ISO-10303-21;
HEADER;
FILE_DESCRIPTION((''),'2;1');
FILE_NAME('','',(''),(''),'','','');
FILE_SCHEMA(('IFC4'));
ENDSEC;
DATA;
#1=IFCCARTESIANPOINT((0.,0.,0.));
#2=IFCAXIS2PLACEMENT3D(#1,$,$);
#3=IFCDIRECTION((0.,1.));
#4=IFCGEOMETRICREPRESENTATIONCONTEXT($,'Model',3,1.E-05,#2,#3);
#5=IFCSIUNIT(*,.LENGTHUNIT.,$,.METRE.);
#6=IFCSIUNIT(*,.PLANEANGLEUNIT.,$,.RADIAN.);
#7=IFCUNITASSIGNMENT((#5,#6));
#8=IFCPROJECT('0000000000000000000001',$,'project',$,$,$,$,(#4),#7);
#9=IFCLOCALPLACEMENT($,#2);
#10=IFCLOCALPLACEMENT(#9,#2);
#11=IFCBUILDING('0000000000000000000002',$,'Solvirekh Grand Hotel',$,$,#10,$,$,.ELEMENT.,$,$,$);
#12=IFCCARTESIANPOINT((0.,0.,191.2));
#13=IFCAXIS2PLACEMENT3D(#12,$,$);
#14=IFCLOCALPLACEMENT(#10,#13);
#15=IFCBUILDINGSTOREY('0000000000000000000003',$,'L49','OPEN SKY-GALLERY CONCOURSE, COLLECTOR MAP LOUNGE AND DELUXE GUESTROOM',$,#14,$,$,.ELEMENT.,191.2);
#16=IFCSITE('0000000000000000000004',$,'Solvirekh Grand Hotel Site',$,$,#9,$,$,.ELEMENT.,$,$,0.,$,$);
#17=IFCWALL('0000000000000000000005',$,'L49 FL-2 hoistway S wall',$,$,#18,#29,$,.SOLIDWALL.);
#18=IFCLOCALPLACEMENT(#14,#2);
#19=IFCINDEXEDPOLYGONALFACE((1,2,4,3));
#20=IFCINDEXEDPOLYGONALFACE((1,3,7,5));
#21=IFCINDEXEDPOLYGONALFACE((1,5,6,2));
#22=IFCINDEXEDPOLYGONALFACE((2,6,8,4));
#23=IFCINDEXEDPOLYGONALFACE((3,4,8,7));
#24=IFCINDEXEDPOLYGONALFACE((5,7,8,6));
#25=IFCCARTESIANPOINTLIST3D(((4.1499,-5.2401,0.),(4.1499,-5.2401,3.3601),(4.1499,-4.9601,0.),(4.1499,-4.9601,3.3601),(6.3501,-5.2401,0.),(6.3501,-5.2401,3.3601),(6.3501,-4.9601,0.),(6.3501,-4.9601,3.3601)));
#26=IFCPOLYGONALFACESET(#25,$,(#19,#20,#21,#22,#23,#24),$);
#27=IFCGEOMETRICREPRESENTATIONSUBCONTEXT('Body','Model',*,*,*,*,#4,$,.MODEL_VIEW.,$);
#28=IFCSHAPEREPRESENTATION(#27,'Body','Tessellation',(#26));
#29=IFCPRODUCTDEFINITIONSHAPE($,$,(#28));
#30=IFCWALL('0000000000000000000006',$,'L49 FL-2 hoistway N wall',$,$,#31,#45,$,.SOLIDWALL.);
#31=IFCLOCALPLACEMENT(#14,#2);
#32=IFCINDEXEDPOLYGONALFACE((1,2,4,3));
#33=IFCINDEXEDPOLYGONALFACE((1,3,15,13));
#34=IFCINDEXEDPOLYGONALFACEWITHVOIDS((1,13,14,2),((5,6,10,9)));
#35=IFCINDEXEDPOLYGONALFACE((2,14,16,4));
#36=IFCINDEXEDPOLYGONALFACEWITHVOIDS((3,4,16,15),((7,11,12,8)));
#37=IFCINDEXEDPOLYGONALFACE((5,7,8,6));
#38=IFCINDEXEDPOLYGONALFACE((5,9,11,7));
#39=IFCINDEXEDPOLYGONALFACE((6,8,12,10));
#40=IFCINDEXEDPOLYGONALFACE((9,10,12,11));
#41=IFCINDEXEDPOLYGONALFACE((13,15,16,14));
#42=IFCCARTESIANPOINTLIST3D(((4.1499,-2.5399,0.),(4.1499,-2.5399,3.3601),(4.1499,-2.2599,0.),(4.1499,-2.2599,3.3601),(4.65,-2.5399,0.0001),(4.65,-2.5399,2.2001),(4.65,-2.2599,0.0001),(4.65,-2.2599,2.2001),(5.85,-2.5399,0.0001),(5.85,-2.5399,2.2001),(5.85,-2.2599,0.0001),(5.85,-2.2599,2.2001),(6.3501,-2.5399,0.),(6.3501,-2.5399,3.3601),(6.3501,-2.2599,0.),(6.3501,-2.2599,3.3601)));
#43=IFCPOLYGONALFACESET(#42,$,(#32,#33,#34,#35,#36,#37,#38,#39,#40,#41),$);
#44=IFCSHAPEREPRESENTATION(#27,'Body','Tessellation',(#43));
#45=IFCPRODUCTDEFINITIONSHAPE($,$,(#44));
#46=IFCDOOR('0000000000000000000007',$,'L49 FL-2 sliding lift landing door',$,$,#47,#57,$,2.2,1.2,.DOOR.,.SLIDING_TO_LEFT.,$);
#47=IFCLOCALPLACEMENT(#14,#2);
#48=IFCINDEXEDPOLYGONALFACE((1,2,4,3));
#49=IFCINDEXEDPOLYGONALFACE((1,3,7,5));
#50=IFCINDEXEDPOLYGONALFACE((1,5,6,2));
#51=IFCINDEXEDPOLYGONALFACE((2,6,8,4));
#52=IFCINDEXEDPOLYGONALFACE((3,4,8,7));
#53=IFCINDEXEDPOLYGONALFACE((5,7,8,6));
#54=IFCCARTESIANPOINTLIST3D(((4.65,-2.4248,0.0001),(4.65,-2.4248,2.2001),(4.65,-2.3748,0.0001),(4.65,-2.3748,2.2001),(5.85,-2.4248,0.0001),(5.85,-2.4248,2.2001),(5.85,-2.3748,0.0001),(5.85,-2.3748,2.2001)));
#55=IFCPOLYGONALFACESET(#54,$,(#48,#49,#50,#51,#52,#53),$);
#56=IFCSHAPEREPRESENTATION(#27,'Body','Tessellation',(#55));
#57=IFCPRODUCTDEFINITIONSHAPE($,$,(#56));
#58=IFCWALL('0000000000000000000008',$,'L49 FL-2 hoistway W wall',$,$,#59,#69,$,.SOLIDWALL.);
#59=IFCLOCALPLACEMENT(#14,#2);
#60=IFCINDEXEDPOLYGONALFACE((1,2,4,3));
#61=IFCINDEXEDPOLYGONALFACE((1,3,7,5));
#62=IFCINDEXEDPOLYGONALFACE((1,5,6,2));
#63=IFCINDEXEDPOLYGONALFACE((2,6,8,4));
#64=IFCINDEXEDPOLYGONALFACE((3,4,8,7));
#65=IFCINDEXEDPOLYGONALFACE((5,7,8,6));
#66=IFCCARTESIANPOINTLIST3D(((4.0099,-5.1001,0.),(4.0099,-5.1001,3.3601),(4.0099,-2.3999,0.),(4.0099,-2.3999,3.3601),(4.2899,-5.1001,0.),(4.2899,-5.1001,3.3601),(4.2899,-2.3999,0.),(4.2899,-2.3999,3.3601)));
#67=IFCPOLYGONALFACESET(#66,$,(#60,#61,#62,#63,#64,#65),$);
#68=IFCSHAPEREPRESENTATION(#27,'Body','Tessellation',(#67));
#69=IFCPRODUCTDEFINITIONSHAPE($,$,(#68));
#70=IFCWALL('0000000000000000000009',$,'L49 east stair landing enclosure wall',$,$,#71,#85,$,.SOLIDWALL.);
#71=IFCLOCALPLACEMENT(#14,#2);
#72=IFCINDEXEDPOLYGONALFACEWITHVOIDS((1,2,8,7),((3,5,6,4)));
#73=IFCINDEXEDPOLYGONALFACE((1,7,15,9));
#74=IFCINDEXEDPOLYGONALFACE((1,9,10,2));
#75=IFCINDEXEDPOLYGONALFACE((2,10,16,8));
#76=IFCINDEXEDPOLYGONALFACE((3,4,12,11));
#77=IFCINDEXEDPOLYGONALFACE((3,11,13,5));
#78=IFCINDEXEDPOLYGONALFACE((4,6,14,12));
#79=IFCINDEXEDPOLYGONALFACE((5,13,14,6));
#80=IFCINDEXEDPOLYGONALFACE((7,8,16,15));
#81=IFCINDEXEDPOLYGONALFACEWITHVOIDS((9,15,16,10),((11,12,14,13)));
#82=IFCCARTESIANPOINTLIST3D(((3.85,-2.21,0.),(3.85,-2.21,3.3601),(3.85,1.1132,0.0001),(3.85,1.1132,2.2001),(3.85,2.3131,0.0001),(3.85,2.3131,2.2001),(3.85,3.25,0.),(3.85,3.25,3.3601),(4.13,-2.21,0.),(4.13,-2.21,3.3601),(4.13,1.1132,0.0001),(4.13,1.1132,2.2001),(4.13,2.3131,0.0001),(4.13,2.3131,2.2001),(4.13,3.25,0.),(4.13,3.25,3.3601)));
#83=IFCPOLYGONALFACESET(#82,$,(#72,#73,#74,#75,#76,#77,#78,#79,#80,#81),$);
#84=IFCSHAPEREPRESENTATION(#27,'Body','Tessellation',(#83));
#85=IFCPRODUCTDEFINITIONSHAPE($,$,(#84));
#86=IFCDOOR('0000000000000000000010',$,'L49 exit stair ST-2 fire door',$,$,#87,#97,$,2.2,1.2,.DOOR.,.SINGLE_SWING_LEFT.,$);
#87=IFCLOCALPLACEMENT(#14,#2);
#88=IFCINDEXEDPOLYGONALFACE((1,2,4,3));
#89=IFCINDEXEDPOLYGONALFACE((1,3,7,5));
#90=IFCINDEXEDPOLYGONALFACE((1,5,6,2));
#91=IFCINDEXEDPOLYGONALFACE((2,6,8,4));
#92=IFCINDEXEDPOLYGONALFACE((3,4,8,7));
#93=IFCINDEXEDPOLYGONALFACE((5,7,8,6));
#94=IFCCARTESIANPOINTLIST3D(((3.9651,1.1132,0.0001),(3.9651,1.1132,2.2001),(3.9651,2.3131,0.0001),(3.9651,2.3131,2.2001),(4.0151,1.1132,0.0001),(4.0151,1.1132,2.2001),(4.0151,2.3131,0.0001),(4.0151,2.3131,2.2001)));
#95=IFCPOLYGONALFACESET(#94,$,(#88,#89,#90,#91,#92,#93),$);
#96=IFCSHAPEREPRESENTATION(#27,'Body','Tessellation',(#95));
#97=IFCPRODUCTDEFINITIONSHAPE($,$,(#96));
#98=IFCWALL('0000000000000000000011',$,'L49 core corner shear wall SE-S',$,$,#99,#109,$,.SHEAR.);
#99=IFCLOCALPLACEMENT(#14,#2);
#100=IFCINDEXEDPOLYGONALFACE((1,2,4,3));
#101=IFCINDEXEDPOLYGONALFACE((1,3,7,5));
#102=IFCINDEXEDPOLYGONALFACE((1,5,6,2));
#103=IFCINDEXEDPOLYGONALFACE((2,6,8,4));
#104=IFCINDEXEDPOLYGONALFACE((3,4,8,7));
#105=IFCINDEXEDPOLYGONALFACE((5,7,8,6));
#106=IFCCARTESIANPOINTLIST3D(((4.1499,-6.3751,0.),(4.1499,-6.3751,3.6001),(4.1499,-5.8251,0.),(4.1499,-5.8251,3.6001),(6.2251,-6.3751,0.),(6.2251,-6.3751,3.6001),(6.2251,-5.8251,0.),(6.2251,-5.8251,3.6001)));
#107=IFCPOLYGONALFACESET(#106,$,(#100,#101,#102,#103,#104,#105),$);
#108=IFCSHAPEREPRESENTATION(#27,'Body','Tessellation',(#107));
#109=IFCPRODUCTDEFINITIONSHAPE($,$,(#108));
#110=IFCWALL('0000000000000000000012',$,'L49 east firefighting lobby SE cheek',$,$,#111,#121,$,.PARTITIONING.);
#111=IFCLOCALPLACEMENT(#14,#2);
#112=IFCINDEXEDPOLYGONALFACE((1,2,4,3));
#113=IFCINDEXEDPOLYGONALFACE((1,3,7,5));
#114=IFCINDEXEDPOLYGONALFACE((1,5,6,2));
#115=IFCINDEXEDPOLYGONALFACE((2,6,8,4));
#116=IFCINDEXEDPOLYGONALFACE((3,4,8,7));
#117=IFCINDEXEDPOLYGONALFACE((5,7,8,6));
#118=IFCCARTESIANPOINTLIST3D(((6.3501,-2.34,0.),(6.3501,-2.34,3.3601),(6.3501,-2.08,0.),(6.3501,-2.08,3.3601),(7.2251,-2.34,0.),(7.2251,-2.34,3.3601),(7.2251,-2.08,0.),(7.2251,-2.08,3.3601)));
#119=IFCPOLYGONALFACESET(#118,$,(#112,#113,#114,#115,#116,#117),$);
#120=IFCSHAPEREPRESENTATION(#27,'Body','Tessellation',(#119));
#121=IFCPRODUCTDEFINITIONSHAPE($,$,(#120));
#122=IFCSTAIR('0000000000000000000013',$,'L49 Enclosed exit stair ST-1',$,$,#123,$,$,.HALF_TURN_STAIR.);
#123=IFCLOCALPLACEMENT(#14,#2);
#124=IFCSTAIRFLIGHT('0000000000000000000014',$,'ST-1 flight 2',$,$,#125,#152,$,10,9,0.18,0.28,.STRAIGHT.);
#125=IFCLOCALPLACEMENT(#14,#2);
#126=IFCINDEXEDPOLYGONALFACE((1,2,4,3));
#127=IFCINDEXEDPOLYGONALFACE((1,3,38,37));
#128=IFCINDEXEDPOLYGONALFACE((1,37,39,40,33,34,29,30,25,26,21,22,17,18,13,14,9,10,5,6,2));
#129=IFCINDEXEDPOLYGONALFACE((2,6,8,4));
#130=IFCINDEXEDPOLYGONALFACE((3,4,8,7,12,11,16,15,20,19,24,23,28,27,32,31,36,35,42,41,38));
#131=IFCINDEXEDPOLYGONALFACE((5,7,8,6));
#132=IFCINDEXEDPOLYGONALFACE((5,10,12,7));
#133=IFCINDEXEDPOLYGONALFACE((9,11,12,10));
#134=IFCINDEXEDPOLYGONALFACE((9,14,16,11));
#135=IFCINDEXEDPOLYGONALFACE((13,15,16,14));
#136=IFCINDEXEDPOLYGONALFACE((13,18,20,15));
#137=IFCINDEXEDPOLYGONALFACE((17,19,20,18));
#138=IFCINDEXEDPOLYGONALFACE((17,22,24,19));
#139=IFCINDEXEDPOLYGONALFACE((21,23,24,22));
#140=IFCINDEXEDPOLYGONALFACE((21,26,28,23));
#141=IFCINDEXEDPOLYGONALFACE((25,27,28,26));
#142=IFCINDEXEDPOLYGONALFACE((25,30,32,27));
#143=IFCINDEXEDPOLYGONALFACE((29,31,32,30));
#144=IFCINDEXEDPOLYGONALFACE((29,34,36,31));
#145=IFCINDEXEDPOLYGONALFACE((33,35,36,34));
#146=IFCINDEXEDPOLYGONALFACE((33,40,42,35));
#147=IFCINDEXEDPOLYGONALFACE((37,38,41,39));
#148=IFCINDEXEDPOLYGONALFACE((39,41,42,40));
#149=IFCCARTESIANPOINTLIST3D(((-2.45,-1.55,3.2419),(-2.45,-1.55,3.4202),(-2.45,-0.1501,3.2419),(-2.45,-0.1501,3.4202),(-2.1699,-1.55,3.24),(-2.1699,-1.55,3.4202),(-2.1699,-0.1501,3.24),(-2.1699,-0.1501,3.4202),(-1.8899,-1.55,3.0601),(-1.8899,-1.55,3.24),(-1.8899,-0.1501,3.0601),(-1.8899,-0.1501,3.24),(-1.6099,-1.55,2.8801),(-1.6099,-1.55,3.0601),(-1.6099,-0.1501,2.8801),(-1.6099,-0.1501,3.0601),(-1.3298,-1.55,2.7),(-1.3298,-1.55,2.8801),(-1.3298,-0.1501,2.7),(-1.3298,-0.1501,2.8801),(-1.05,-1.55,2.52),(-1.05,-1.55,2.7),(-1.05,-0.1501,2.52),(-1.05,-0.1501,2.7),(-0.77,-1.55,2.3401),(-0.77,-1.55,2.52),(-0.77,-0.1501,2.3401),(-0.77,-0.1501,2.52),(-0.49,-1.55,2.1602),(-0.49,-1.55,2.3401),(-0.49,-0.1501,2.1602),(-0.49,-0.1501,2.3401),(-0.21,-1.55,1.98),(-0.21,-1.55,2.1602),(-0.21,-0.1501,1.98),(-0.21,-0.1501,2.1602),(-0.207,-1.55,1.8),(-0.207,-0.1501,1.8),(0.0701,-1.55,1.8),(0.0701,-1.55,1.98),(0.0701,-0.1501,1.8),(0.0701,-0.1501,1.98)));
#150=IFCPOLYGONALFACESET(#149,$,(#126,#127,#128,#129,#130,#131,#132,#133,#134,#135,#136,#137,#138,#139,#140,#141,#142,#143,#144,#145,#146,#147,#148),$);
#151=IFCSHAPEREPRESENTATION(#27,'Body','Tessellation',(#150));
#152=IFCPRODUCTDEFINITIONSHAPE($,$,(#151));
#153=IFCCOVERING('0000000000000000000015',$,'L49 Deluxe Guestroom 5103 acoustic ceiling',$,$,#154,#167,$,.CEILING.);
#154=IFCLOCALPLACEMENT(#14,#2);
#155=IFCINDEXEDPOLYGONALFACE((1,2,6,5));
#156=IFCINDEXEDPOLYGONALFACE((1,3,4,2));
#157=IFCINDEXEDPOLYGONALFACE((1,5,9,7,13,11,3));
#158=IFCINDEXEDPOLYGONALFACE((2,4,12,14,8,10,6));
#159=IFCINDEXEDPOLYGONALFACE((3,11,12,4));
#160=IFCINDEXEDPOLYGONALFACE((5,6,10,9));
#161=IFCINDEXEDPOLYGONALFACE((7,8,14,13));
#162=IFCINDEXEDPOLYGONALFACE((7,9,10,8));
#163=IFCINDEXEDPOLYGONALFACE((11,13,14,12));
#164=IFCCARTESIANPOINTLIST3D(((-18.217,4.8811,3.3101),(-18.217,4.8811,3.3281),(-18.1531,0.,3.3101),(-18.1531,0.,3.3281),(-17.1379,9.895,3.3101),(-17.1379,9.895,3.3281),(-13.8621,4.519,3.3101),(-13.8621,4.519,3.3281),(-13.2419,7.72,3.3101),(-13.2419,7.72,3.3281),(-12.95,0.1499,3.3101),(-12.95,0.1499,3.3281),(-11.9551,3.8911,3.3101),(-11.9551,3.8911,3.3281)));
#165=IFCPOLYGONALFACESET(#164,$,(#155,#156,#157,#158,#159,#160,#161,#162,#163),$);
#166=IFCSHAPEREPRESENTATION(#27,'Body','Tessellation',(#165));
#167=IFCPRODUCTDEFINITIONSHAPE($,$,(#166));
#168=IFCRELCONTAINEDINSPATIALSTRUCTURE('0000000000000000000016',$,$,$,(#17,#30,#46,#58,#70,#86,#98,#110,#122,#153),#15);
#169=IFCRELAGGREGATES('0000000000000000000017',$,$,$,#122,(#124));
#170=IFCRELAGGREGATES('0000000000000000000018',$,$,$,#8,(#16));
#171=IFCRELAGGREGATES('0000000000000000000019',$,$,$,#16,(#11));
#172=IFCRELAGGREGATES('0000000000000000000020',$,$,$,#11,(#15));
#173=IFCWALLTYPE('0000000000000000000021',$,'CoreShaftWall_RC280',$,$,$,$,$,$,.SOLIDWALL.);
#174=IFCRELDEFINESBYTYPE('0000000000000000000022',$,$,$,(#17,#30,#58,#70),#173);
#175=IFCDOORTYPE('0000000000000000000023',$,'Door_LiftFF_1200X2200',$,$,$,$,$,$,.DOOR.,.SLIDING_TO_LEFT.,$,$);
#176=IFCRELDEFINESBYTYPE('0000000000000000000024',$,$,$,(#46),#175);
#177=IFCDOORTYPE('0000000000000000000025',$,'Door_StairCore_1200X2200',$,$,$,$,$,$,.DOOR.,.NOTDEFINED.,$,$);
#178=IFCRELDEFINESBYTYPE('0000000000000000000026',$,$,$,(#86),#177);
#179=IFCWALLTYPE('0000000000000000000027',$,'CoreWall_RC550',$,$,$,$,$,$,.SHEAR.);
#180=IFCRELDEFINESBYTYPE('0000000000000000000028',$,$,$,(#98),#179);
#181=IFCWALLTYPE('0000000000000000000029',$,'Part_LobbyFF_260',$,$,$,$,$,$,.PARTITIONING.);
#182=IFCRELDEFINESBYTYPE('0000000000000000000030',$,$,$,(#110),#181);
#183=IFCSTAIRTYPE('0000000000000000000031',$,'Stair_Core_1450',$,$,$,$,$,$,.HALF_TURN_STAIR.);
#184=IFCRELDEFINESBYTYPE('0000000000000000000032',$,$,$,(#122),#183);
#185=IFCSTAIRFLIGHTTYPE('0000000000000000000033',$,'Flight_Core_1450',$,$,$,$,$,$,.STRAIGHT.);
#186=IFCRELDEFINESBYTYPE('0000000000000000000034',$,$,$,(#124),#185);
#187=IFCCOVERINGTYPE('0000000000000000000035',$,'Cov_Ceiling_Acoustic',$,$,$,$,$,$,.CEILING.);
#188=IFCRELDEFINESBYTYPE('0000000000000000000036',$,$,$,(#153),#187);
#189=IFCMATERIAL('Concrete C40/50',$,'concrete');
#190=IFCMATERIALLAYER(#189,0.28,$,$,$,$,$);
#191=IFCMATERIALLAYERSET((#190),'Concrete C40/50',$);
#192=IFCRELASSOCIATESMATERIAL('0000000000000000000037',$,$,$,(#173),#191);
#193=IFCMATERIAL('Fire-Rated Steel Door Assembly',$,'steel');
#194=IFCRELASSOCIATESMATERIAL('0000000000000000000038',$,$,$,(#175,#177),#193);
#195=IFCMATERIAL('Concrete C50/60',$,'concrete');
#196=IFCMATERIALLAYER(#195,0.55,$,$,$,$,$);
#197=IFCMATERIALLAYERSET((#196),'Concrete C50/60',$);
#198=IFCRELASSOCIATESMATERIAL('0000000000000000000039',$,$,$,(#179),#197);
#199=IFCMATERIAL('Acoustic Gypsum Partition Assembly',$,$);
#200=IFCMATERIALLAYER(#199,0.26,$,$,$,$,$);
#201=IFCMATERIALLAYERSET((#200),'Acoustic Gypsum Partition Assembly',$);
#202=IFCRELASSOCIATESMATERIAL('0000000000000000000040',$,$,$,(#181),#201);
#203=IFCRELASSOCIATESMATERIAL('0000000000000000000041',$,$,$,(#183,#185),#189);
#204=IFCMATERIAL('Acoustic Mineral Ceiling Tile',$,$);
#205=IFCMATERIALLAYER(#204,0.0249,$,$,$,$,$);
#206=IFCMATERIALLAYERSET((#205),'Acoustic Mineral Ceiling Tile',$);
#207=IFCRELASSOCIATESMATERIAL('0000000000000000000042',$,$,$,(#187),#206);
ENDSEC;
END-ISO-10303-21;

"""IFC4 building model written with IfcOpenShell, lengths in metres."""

from ifc_helpers import new_model, si_unit, direction, frame, frame_2d, origin, place, context, subcontext, project, spatial, polyline, rectangle, outline, extrude, material, layer, layer_set, type_object, element, fill, aggregate, save


model = new_model("IFC4")

# Units and contexts
model_context = context("Model", 3, precision=1e-05, world=origin(), true_north=direction((0.0, 1.0)))
body_context = subcontext(model_context, "Body", "Model", "MODEL_VIEW")
ifc_project = project(units=[si_unit("LENGTHUNIT", "METRE"), si_unit("PLANEANGLEUNIT", "RADIAN")], contexts=[model_context])

# Site, building, storey
site_placement = place(None, origin())
site = spatial("IfcSite", under=ifc_project, at=site_placement, Name="Solvirekh Grand Hotel Site", CompositionType="ELEMENT", RefElevation=0.0)
building_placement = place(site_placement, origin())
building = spatial("IfcBuilding", under=site, at=building_placement, Name="Solvirekh Grand Hotel", CompositionType="ELEMENT")
storey_placement = place(building_placement, frame((0.0, 0.0, 191.2)))
storey = spatial("IfcBuildingStorey", under=building, at=storey_placement, Name="L49", Description="OPEN SKY-GALLERY CONCOURSE, COLLECTOR MAP LOUNGE AND DELUXE GUESTROOM", CompositionType="ELEMENT", Elevation=191.2)

# Wall
ifc_material_1 = material(Name="Concrete C40/50", Category="concrete")
ifc_layer_1 = layer(ifc_material_1, 0.28)
ifc_layer_set_1 = layer_set([ifc_layer_1], Name="Concrete C40/50")
wall_type_1 = type_object("IfcWallType", Name="CoreShaftWall_RC280", PredefinedType="SOLIDWALL", material=ifc_layer_set_1)
wall_1_placement = place(storey_placement, frame((4.1499, -5.1001, 0.0), z_axis=(0.0, 0.0, 1.0), x_axis=(1.0, 0.0, 0.0)))
element("IfcWall", 1, at=wall_1_placement, inside=storey, type_object=wall_type_1, Name="L49 FL-2 hoistway S wall", PredefinedType="SOLIDWALL", context=body_context, shape_type="SweptSolid", body=[
    extrude(rectangle(XDim=2.2002, YDim=0.28, at=frame_2d((1.1001, 0.0))), origin(), (0.0, 0.0, 1.0), 3.3601),
])

# Wall, opening, door
wall_2_placement = place(storey_placement, frame((6.3501, -2.3999, 0.0), z_axis=(0.0, 0.0, 1.0), x_axis=(-1.0, 0.0, 0.0)))
wall_2 = element("IfcWall", 2, at=wall_2_placement, inside=storey, type_object=wall_type_1, Name="L49 FL-2 hoistway N wall", PredefinedType="SOLIDWALL", context=body_context, shape_type="SweptSolid", body=[
    extrude(rectangle(XDim=2.2002, YDim=0.28, at=frame_2d((1.1001, 0.0))), origin(), (0.0, 0.0, 1.0), 3.3601),
])
opening_1_placement = place(wall_2_placement, frame((0.5, 0.0, 0.0)))
opening_1 = element("IfcOpeningElement", 3, at=opening_1_placement, cuts=wall_2, PredefinedType="OPENING", context=body_context, shape_type="SweptSolid", body=[
    extrude(rectangle(XDim=1.2, YDim=2.2, at=frame_2d((0.6001, 1.1001))), frame((0.0, 0.1499, 0.0), z_axis=(0.0, -1.0, 0.0), x_axis=(1.0, 0.0, 0.0)), (0.0, 0.0, 1.0), 0.3),
])
ifc_material_2 = material(Name="Fire-Rated Steel Door Assembly", Category="steel")
door_type_1 = type_object("IfcDoorType", Name="Door_LiftFF_1200X2200", OperationType="SLIDING_TO_LEFT", PredefinedType="DOOR", material=ifc_material_2)
door_1_placement = place(opening_1_placement, origin())
door_1 = element("IfcDoor", 4, at=door_1_placement, inside=storey, type_object=door_type_1, Name="L49 FL-2 sliding lift landing door", OperationType="SLIDING_TO_LEFT", OverallHeight=2.2, OverallWidth=1.2, PredefinedType="DOOR", context=body_context, shape_type="SweptSolid", body=[
    extrude(rectangle(XDim=1.2, YDim=2.2, at=frame_2d((0.6001, 1.1001))), frame((0.0, 0.0249, 0.0), z_axis=(0.0, -1.0, 0.0), x_axis=(1.0, 0.0, 0.0)), (0.0, 0.0, 1.0), 0.05),
])
fill(opening_1, door_1)

# Wall
wall_3_placement = place(storey_placement, frame((4.1499, -2.3999, 0.0), z_axis=(0.0, 0.0, 1.0), x_axis=(0.0, -1.0, 0.0)))
element("IfcWall", 5, at=wall_3_placement, inside=storey, type_object=wall_type_1, Name="L49 FL-2 hoistway W wall", PredefinedType="SOLIDWALL", context=body_context, shape_type="SweptSolid", body=[
    extrude(rectangle(XDim=2.7002, YDim=0.28, at=frame_2d((1.3501, 0.0))), origin(), (0.0, 0.0, 1.0), 3.3601),
])

# Wall, opening, door
wall_4_placement = place(storey_placement, frame((3.99, -2.21, 0.0), z_axis=(0.0, 0.0, 1.0), x_axis=(0.0, 1.0, 0.0)))
wall_4 = element("IfcWall", 6, at=wall_4_placement, inside=storey, type_object=wall_type_1, Name="L49 east stair landing enclosure wall", PredefinedType="SOLIDWALL", context=body_context, shape_type="SweptSolid", body=[
    extrude(rectangle(XDim=5.46, YDim=0.28, at=frame_2d((2.73, 0.0))), origin(), (0.0, 0.0, 1.0), 3.3601),
])
opening_2_placement = place(wall_4_placement, frame((3.323, 0.0, 0.0)))
opening_2 = element("IfcOpeningElement", 7, at=opening_2_placement, cuts=wall_4, PredefinedType="OPENING", context=body_context, shape_type="SweptSolid", body=[
    extrude(rectangle(XDim=1.2, YDim=2.2, at=frame_2d((0.6001, 1.1001))), frame((0.0, 0.1499, 0.0), z_axis=(0.0, -1.0, 0.0), x_axis=(1.0, 0.0, 0.0)), (0.0, 0.0, 1.0), 0.3),
])
door_type_2 = type_object("IfcDoorType", Name="Door_StairCore_1200X2200", OperationType="NOTDEFINED", PredefinedType="DOOR", material=ifc_material_2)
door_2_placement = place(opening_2_placement, origin())
door_2 = element("IfcDoor", 8, at=door_2_placement, inside=storey, type_object=door_type_2, Name="L49 exit stair ST-2 fire door", OperationType="SINGLE_SWING_LEFT", OverallHeight=2.2, OverallWidth=1.2, PredefinedType="DOOR", context=body_context, shape_type="SweptSolid", body=[
    extrude(rectangle(XDim=1.2, YDim=2.2, at=frame_2d((0.6001, 1.1001))), frame((0.0, 0.0249, 0.0), z_axis=(0.0, -1.0, 0.0), x_axis=(1.0, 0.0, 0.0)), (0.0, 0.0, 1.0), 0.05),
])
fill(opening_2, door_2)

# Walls
ifc_material_3 = material(Name="Concrete C50/60", Category="concrete")
ifc_layer_2 = layer(ifc_material_3, 0.55)
ifc_layer_set_2 = layer_set([ifc_layer_2], Name="Concrete C50/60")
wall_type_2 = type_object("IfcWallType", Name="CoreWall_RC550", PredefinedType="SHEAR", material=ifc_layer_set_2)
wall_5_placement = place(storey_placement, frame((4.1499, -6.1001, 0.0), z_axis=(0.0, 0.0, 1.0), x_axis=(1.0, 0.0, 0.0)))
element("IfcWall", 9, at=wall_5_placement, inside=storey, type_object=wall_type_2, Name="L49 core corner shear wall SE-S", PredefinedType="SHEAR", context=body_context, shape_type="SweptSolid", body=[
    extrude(rectangle(XDim=2.0752, YDim=0.55, at=frame_2d((1.0376, 0.0))), origin(), (0.0, 0.0, 1.0), 3.6001),
])
ifc_material_4 = material(Name="Acoustic Gypsum Partition Assembly")
ifc_layer_3 = layer(ifc_material_4, 0.26)
ifc_layer_set_3 = layer_set([ifc_layer_3], Name="Acoustic Gypsum Partition Assembly")
wall_type_3 = type_object("IfcWallType", Name="Part_LobbyFF_260", PredefinedType="PARTITIONING", material=ifc_layer_set_3)
wall_6_placement = place(storey_placement, frame((6.3501, -2.21, 0.0), z_axis=(0.0, 0.0, 1.0), x_axis=(1.0, 0.0, 0.0)))
element("IfcWall", 10, at=wall_6_placement, inside=storey, type_object=wall_type_3, Name="L49 east firefighting lobby SE cheek", PredefinedType="PARTITIONING", context=body_context, shape_type="SweptSolid", body=[
    extrude(rectangle(XDim=0.875, YDim=0.26, at=frame_2d((0.4375, 0.0))), origin(), (0.0, 0.0, 1.0), 3.3601),
])

# Stair, stair flight
stair_type = type_object("IfcStairType", Name="Stair_Core_1450", PredefinedType="HALF_TURN_STAIR", material=ifc_material_1)
stair_placement = place(storey_placement, origin())
stair = element("IfcStair", 11, at=stair_placement, inside=storey, type_object=stair_type, Name="L49 Enclosed exit stair ST-1", PredefinedType="HALF_TURN_STAIR")
stair_flight_type = type_object("IfcStairFlightType", Name="Flight_Core_1450", PredefinedType="STRAIGHT", material=ifc_material_1)
stair_flight_placement = place(storey_placement, frame((0.0701, -0.8501, 1.8), z_axis=(0.0, 0.0, 1.0), x_axis=(-1.0, 0.0, 0.0)))
stair_flight = element("IfcStairFlight", 12, at=stair_flight_placement, type_object=stair_flight_type, Name="ST-1 flight 2", NumberOfRisers=10, NumberOfTreads=9, PredefinedType="STRAIGHT", RiserHeight=0.18, TreadLength=0.28, context=body_context, shape_type="SweptSolid", body=[
    extrude(outline(polyline([(0.0, 0.0), (0.0, 0.1799), (0.28, 0.1799), (0.28, 0.3601), (0.5601, 0.3601), (0.5601, 0.54), (0.8401, 0.54), (0.8401, 0.72), (1.1201, 0.72), (1.1201, 0.8999), (1.3999, 0.8999), (1.3999, 1.0801), (1.6799, 1.0801), (1.6799, 1.26), (1.96, 1.26), (1.96, 1.4399), (2.24, 1.4399), (2.24, 1.6201), (2.52, 1.6201), (2.52, 1.8), (2.52, 1.4419), (0.2771, 0.0), (0.0, 0.0)])), frame((0.0, 0.7, 0.0), z_axis=(0.0, -1.0, 0.0), x_axis=(1.0, 0.0, 0.0)), (0.0, 0.0, 1.0), 1.3999),
])
aggregate(stair, [stair_flight])

# Covering
ifc_material_5 = material(Name="Acoustic Mineral Ceiling Tile")
ifc_layer_4 = layer(ifc_material_5, 0.0249)
ifc_layer_set_4 = layer_set([ifc_layer_4], Name="Acoustic Mineral Ceiling Tile")
covering_type_1 = type_object("IfcCoveringType", Name="Cov_Ceiling_Acoustic", PredefinedType="CEILING", material=ifc_layer_set_4)
covering_1_placement = place(storey_placement, frame((0.0, 0.0, 3.3101)))
element("IfcCovering", 13, at=covering_1_placement, inside=storey, type_object=covering_type_1, Name="L49 Deluxe Guestroom 5103 acoustic ceiling", PredefinedType="CEILING", context=body_context, shape_type="SweptSolid", body=[
    extrude(outline(polyline([(-13.8621, 4.519), (-13.2419, 7.72), (-17.1379, 9.895), (-18.217, 4.8811), (-18.1531, 0.0), (-12.95, 0.1499), (-11.9551, 3.8911), (-13.8621, 4.519)])), origin(), (0.0, 0.0, 1.0), 0.0181),
])

save(model, "model.ifc")
